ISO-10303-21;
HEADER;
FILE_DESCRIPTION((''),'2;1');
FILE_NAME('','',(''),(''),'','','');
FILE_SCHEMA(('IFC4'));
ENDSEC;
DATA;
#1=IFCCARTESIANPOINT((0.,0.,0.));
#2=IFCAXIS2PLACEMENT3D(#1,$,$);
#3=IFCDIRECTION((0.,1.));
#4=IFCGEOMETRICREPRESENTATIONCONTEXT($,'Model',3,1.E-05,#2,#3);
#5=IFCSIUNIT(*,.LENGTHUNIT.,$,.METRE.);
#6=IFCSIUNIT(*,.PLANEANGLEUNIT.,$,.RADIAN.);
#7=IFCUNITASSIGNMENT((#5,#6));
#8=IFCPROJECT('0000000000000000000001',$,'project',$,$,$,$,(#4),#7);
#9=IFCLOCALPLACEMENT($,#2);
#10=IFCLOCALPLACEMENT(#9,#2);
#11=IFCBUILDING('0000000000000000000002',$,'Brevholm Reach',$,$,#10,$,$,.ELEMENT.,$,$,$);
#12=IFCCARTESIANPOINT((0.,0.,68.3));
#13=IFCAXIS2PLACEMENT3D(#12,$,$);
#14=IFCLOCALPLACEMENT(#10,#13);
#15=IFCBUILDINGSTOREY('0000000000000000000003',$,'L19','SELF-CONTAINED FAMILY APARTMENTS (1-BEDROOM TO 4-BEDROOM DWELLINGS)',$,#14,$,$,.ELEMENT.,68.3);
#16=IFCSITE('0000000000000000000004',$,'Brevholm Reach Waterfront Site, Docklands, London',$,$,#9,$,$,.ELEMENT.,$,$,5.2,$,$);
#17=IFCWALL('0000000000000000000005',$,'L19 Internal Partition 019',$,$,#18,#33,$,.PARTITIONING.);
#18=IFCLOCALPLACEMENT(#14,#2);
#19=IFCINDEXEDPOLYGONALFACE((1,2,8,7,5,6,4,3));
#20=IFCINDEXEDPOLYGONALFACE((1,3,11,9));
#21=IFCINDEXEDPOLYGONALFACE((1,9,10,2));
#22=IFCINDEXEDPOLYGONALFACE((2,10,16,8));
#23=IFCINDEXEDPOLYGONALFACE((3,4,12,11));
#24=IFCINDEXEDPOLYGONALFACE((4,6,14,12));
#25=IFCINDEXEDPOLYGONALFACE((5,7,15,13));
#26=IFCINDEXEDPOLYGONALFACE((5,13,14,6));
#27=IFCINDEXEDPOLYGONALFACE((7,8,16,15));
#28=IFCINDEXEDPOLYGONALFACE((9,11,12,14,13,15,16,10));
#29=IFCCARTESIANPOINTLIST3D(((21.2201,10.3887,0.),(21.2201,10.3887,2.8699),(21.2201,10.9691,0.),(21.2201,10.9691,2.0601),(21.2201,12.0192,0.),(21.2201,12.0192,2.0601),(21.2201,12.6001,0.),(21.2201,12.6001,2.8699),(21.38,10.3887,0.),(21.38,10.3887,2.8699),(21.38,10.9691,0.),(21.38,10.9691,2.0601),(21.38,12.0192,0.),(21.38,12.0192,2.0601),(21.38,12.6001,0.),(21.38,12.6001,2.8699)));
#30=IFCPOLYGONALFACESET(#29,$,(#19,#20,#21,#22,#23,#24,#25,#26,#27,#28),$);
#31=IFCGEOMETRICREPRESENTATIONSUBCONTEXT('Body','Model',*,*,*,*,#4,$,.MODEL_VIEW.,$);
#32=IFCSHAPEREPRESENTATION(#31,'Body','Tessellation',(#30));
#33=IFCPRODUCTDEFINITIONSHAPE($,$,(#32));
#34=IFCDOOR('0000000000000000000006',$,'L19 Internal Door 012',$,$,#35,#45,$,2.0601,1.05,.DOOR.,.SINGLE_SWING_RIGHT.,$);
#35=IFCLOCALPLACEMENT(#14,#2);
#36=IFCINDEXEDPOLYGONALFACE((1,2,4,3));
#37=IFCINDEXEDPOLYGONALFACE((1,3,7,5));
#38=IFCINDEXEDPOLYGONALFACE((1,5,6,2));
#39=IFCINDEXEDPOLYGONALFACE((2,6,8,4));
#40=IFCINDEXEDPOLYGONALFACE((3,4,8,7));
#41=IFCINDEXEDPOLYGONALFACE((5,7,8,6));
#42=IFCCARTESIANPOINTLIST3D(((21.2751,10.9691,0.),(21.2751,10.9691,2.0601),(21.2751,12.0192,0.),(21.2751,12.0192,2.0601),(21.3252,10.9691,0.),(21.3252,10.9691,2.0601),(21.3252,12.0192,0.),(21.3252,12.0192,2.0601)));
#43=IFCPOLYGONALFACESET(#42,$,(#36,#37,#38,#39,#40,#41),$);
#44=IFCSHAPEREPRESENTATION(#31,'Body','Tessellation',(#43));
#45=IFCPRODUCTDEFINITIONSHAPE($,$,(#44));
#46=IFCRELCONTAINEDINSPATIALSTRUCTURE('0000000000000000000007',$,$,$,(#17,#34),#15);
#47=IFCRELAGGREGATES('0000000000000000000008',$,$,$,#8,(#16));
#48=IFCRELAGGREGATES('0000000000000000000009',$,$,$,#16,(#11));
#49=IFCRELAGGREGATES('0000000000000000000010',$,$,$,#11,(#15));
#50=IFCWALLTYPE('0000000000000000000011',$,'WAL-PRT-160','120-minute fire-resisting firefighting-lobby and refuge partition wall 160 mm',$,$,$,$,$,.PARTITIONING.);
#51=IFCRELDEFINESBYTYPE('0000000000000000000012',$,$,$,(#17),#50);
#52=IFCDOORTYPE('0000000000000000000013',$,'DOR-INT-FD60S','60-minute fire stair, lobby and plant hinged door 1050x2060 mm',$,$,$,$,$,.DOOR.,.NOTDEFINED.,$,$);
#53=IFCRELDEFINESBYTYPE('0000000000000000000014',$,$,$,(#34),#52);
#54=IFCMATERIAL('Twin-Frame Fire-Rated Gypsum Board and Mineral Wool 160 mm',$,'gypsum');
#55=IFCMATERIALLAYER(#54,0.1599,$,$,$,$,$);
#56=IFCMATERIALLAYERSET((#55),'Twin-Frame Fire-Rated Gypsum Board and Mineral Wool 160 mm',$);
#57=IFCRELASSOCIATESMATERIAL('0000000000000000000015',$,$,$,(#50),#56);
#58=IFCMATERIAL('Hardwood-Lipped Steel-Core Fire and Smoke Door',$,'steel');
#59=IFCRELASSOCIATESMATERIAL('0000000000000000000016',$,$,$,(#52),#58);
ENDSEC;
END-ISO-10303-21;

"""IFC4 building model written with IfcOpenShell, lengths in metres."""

from ifc_helpers import new_model, si_unit, direction, frame, frame_2d, origin, place, context, subcontext, project, spatial, rectangle, extrude, material, layer, layer_set, type_object, element, fill, save


model = new_model("IFC4")

# Units and contexts
model_context = context("Model", 3, precision=1e-05, world=origin(), true_north=direction((0.0, 1.0)))
body_context = subcontext(model_context, "Body", "Model", "MODEL_VIEW")
ifc_project = project(units=[si_unit("LENGTHUNIT", "METRE"), si_unit("PLANEANGLEUNIT", "RADIAN")], contexts=[model_context])

# Site, building, storey
site_placement = place(None, origin())
site = spatial("IfcSite", under=ifc_project, at=site_placement, Name="Brevholm Reach Waterfront Site, Docklands, London", CompositionType="ELEMENT", RefElevation=5.2)
building_placement = place(site_placement, origin())
building = spatial("IfcBuilding", under=site, at=building_placement, Name="Brevholm Reach", CompositionType="ELEMENT")
storey_placement = place(building_placement, frame((0.0, 0.0, 68.3)))
storey = spatial("IfcBuildingStorey", under=building, at=storey_placement, Name="L19", Description="SELF-CONTAINED FAMILY APARTMENTS (1-BEDROOM TO 4-BEDROOM DWELLINGS)", CompositionType="ELEMENT", Elevation=68.3)

# Wall, opening, door
ifc_material_1 = material(Name="Twin-Frame Fire-Rated Gypsum Board and Mineral Wool 160 mm", Category="gypsum")
ifc_layer_1 = layer(ifc_material_1, 0.1599)
ifc_layer_set_1 = layer_set([ifc_layer_1], Name="Twin-Frame Fire-Rated Gypsum Board and Mineral Wool 160 mm")
wall_type_1 = type_object("IfcWallType", Name="WAL-PRT-160", Description="120-minute fire-resisting firefighting-lobby and refuge partition wall 160 mm", PredefinedType="PARTITIONING", material=ifc_layer_set_1)
wall_1_placement = place(storey_placement, frame((21.3, 10.3887, 0.0), z_axis=(0.0, 0.0, 1.0), x_axis=(0.0, 1.0, 0.0)))
wall_1 = element("IfcWall", 1, at=wall_1_placement, inside=storey, type_object=wall_type_1, Name="L19 Internal Partition 019", PredefinedType="PARTITIONING", context=body_context, shape_type="SweptSolid", body=[
    extrude(rectangle(XDim=2.2114, YDim=0.1599, at=frame_2d((1.1057, 0.0))), origin(), (0.0, 0.0, 1.0), 2.8699),
])
opening_1_placement = place(wall_1_placement, frame((0.5806, 0.0, 0.0)))
opening_1 = element("IfcOpeningElement", 2, at=opening_1_placement, cuts=wall_1, PredefinedType="OPENING", context=body_context, shape_type="SweptSolid", body=[
    extrude(rectangle(XDim=1.05, YDim=2.0601, at=frame_2d((0.5249, 1.03))), frame((0.0, 0.0898, 0.0), z_axis=(0.0, -1.0, 0.0), x_axis=(1.0, 0.0, 0.0)), (0.0, 0.0, 1.0), 0.1799),
])
ifc_material_2 = material(Name="Hardwood-Lipped Steel-Core Fire and Smoke Door", Category="steel")
door_type_1 = type_object("IfcDoorType", Name="DOR-INT-FD60S", Description="60-minute fire stair, lobby and plant hinged door 1050x2060 mm", OperationType="NOTDEFINED", PredefinedType="DOOR", material=ifc_material_2)
door_1_placement = place(opening_1_placement, origin())
door_1 = element("IfcDoor", 3, at=door_1_placement, inside=storey, type_object=door_type_1, Name="L19 Internal Door 012", OperationType="SINGLE_SWING_RIGHT", OverallHeight=2.0601, OverallWidth=1.05, PredefinedType="DOOR", context=body_context, shape_type="SweptSolid", body=[
    extrude(rectangle(XDim=1.05, YDim=2.0601, at=frame_2d((0.5249, 1.03))), frame((0.0, 0.0249, 0.0), z_axis=(0.0, -1.0, 0.0), x_axis=(1.0, 0.0, 0.0)), (0.0, 0.0, 1.0), 0.05),
])
fill(opening_1, door_1)

save(model, "model.ifc")
